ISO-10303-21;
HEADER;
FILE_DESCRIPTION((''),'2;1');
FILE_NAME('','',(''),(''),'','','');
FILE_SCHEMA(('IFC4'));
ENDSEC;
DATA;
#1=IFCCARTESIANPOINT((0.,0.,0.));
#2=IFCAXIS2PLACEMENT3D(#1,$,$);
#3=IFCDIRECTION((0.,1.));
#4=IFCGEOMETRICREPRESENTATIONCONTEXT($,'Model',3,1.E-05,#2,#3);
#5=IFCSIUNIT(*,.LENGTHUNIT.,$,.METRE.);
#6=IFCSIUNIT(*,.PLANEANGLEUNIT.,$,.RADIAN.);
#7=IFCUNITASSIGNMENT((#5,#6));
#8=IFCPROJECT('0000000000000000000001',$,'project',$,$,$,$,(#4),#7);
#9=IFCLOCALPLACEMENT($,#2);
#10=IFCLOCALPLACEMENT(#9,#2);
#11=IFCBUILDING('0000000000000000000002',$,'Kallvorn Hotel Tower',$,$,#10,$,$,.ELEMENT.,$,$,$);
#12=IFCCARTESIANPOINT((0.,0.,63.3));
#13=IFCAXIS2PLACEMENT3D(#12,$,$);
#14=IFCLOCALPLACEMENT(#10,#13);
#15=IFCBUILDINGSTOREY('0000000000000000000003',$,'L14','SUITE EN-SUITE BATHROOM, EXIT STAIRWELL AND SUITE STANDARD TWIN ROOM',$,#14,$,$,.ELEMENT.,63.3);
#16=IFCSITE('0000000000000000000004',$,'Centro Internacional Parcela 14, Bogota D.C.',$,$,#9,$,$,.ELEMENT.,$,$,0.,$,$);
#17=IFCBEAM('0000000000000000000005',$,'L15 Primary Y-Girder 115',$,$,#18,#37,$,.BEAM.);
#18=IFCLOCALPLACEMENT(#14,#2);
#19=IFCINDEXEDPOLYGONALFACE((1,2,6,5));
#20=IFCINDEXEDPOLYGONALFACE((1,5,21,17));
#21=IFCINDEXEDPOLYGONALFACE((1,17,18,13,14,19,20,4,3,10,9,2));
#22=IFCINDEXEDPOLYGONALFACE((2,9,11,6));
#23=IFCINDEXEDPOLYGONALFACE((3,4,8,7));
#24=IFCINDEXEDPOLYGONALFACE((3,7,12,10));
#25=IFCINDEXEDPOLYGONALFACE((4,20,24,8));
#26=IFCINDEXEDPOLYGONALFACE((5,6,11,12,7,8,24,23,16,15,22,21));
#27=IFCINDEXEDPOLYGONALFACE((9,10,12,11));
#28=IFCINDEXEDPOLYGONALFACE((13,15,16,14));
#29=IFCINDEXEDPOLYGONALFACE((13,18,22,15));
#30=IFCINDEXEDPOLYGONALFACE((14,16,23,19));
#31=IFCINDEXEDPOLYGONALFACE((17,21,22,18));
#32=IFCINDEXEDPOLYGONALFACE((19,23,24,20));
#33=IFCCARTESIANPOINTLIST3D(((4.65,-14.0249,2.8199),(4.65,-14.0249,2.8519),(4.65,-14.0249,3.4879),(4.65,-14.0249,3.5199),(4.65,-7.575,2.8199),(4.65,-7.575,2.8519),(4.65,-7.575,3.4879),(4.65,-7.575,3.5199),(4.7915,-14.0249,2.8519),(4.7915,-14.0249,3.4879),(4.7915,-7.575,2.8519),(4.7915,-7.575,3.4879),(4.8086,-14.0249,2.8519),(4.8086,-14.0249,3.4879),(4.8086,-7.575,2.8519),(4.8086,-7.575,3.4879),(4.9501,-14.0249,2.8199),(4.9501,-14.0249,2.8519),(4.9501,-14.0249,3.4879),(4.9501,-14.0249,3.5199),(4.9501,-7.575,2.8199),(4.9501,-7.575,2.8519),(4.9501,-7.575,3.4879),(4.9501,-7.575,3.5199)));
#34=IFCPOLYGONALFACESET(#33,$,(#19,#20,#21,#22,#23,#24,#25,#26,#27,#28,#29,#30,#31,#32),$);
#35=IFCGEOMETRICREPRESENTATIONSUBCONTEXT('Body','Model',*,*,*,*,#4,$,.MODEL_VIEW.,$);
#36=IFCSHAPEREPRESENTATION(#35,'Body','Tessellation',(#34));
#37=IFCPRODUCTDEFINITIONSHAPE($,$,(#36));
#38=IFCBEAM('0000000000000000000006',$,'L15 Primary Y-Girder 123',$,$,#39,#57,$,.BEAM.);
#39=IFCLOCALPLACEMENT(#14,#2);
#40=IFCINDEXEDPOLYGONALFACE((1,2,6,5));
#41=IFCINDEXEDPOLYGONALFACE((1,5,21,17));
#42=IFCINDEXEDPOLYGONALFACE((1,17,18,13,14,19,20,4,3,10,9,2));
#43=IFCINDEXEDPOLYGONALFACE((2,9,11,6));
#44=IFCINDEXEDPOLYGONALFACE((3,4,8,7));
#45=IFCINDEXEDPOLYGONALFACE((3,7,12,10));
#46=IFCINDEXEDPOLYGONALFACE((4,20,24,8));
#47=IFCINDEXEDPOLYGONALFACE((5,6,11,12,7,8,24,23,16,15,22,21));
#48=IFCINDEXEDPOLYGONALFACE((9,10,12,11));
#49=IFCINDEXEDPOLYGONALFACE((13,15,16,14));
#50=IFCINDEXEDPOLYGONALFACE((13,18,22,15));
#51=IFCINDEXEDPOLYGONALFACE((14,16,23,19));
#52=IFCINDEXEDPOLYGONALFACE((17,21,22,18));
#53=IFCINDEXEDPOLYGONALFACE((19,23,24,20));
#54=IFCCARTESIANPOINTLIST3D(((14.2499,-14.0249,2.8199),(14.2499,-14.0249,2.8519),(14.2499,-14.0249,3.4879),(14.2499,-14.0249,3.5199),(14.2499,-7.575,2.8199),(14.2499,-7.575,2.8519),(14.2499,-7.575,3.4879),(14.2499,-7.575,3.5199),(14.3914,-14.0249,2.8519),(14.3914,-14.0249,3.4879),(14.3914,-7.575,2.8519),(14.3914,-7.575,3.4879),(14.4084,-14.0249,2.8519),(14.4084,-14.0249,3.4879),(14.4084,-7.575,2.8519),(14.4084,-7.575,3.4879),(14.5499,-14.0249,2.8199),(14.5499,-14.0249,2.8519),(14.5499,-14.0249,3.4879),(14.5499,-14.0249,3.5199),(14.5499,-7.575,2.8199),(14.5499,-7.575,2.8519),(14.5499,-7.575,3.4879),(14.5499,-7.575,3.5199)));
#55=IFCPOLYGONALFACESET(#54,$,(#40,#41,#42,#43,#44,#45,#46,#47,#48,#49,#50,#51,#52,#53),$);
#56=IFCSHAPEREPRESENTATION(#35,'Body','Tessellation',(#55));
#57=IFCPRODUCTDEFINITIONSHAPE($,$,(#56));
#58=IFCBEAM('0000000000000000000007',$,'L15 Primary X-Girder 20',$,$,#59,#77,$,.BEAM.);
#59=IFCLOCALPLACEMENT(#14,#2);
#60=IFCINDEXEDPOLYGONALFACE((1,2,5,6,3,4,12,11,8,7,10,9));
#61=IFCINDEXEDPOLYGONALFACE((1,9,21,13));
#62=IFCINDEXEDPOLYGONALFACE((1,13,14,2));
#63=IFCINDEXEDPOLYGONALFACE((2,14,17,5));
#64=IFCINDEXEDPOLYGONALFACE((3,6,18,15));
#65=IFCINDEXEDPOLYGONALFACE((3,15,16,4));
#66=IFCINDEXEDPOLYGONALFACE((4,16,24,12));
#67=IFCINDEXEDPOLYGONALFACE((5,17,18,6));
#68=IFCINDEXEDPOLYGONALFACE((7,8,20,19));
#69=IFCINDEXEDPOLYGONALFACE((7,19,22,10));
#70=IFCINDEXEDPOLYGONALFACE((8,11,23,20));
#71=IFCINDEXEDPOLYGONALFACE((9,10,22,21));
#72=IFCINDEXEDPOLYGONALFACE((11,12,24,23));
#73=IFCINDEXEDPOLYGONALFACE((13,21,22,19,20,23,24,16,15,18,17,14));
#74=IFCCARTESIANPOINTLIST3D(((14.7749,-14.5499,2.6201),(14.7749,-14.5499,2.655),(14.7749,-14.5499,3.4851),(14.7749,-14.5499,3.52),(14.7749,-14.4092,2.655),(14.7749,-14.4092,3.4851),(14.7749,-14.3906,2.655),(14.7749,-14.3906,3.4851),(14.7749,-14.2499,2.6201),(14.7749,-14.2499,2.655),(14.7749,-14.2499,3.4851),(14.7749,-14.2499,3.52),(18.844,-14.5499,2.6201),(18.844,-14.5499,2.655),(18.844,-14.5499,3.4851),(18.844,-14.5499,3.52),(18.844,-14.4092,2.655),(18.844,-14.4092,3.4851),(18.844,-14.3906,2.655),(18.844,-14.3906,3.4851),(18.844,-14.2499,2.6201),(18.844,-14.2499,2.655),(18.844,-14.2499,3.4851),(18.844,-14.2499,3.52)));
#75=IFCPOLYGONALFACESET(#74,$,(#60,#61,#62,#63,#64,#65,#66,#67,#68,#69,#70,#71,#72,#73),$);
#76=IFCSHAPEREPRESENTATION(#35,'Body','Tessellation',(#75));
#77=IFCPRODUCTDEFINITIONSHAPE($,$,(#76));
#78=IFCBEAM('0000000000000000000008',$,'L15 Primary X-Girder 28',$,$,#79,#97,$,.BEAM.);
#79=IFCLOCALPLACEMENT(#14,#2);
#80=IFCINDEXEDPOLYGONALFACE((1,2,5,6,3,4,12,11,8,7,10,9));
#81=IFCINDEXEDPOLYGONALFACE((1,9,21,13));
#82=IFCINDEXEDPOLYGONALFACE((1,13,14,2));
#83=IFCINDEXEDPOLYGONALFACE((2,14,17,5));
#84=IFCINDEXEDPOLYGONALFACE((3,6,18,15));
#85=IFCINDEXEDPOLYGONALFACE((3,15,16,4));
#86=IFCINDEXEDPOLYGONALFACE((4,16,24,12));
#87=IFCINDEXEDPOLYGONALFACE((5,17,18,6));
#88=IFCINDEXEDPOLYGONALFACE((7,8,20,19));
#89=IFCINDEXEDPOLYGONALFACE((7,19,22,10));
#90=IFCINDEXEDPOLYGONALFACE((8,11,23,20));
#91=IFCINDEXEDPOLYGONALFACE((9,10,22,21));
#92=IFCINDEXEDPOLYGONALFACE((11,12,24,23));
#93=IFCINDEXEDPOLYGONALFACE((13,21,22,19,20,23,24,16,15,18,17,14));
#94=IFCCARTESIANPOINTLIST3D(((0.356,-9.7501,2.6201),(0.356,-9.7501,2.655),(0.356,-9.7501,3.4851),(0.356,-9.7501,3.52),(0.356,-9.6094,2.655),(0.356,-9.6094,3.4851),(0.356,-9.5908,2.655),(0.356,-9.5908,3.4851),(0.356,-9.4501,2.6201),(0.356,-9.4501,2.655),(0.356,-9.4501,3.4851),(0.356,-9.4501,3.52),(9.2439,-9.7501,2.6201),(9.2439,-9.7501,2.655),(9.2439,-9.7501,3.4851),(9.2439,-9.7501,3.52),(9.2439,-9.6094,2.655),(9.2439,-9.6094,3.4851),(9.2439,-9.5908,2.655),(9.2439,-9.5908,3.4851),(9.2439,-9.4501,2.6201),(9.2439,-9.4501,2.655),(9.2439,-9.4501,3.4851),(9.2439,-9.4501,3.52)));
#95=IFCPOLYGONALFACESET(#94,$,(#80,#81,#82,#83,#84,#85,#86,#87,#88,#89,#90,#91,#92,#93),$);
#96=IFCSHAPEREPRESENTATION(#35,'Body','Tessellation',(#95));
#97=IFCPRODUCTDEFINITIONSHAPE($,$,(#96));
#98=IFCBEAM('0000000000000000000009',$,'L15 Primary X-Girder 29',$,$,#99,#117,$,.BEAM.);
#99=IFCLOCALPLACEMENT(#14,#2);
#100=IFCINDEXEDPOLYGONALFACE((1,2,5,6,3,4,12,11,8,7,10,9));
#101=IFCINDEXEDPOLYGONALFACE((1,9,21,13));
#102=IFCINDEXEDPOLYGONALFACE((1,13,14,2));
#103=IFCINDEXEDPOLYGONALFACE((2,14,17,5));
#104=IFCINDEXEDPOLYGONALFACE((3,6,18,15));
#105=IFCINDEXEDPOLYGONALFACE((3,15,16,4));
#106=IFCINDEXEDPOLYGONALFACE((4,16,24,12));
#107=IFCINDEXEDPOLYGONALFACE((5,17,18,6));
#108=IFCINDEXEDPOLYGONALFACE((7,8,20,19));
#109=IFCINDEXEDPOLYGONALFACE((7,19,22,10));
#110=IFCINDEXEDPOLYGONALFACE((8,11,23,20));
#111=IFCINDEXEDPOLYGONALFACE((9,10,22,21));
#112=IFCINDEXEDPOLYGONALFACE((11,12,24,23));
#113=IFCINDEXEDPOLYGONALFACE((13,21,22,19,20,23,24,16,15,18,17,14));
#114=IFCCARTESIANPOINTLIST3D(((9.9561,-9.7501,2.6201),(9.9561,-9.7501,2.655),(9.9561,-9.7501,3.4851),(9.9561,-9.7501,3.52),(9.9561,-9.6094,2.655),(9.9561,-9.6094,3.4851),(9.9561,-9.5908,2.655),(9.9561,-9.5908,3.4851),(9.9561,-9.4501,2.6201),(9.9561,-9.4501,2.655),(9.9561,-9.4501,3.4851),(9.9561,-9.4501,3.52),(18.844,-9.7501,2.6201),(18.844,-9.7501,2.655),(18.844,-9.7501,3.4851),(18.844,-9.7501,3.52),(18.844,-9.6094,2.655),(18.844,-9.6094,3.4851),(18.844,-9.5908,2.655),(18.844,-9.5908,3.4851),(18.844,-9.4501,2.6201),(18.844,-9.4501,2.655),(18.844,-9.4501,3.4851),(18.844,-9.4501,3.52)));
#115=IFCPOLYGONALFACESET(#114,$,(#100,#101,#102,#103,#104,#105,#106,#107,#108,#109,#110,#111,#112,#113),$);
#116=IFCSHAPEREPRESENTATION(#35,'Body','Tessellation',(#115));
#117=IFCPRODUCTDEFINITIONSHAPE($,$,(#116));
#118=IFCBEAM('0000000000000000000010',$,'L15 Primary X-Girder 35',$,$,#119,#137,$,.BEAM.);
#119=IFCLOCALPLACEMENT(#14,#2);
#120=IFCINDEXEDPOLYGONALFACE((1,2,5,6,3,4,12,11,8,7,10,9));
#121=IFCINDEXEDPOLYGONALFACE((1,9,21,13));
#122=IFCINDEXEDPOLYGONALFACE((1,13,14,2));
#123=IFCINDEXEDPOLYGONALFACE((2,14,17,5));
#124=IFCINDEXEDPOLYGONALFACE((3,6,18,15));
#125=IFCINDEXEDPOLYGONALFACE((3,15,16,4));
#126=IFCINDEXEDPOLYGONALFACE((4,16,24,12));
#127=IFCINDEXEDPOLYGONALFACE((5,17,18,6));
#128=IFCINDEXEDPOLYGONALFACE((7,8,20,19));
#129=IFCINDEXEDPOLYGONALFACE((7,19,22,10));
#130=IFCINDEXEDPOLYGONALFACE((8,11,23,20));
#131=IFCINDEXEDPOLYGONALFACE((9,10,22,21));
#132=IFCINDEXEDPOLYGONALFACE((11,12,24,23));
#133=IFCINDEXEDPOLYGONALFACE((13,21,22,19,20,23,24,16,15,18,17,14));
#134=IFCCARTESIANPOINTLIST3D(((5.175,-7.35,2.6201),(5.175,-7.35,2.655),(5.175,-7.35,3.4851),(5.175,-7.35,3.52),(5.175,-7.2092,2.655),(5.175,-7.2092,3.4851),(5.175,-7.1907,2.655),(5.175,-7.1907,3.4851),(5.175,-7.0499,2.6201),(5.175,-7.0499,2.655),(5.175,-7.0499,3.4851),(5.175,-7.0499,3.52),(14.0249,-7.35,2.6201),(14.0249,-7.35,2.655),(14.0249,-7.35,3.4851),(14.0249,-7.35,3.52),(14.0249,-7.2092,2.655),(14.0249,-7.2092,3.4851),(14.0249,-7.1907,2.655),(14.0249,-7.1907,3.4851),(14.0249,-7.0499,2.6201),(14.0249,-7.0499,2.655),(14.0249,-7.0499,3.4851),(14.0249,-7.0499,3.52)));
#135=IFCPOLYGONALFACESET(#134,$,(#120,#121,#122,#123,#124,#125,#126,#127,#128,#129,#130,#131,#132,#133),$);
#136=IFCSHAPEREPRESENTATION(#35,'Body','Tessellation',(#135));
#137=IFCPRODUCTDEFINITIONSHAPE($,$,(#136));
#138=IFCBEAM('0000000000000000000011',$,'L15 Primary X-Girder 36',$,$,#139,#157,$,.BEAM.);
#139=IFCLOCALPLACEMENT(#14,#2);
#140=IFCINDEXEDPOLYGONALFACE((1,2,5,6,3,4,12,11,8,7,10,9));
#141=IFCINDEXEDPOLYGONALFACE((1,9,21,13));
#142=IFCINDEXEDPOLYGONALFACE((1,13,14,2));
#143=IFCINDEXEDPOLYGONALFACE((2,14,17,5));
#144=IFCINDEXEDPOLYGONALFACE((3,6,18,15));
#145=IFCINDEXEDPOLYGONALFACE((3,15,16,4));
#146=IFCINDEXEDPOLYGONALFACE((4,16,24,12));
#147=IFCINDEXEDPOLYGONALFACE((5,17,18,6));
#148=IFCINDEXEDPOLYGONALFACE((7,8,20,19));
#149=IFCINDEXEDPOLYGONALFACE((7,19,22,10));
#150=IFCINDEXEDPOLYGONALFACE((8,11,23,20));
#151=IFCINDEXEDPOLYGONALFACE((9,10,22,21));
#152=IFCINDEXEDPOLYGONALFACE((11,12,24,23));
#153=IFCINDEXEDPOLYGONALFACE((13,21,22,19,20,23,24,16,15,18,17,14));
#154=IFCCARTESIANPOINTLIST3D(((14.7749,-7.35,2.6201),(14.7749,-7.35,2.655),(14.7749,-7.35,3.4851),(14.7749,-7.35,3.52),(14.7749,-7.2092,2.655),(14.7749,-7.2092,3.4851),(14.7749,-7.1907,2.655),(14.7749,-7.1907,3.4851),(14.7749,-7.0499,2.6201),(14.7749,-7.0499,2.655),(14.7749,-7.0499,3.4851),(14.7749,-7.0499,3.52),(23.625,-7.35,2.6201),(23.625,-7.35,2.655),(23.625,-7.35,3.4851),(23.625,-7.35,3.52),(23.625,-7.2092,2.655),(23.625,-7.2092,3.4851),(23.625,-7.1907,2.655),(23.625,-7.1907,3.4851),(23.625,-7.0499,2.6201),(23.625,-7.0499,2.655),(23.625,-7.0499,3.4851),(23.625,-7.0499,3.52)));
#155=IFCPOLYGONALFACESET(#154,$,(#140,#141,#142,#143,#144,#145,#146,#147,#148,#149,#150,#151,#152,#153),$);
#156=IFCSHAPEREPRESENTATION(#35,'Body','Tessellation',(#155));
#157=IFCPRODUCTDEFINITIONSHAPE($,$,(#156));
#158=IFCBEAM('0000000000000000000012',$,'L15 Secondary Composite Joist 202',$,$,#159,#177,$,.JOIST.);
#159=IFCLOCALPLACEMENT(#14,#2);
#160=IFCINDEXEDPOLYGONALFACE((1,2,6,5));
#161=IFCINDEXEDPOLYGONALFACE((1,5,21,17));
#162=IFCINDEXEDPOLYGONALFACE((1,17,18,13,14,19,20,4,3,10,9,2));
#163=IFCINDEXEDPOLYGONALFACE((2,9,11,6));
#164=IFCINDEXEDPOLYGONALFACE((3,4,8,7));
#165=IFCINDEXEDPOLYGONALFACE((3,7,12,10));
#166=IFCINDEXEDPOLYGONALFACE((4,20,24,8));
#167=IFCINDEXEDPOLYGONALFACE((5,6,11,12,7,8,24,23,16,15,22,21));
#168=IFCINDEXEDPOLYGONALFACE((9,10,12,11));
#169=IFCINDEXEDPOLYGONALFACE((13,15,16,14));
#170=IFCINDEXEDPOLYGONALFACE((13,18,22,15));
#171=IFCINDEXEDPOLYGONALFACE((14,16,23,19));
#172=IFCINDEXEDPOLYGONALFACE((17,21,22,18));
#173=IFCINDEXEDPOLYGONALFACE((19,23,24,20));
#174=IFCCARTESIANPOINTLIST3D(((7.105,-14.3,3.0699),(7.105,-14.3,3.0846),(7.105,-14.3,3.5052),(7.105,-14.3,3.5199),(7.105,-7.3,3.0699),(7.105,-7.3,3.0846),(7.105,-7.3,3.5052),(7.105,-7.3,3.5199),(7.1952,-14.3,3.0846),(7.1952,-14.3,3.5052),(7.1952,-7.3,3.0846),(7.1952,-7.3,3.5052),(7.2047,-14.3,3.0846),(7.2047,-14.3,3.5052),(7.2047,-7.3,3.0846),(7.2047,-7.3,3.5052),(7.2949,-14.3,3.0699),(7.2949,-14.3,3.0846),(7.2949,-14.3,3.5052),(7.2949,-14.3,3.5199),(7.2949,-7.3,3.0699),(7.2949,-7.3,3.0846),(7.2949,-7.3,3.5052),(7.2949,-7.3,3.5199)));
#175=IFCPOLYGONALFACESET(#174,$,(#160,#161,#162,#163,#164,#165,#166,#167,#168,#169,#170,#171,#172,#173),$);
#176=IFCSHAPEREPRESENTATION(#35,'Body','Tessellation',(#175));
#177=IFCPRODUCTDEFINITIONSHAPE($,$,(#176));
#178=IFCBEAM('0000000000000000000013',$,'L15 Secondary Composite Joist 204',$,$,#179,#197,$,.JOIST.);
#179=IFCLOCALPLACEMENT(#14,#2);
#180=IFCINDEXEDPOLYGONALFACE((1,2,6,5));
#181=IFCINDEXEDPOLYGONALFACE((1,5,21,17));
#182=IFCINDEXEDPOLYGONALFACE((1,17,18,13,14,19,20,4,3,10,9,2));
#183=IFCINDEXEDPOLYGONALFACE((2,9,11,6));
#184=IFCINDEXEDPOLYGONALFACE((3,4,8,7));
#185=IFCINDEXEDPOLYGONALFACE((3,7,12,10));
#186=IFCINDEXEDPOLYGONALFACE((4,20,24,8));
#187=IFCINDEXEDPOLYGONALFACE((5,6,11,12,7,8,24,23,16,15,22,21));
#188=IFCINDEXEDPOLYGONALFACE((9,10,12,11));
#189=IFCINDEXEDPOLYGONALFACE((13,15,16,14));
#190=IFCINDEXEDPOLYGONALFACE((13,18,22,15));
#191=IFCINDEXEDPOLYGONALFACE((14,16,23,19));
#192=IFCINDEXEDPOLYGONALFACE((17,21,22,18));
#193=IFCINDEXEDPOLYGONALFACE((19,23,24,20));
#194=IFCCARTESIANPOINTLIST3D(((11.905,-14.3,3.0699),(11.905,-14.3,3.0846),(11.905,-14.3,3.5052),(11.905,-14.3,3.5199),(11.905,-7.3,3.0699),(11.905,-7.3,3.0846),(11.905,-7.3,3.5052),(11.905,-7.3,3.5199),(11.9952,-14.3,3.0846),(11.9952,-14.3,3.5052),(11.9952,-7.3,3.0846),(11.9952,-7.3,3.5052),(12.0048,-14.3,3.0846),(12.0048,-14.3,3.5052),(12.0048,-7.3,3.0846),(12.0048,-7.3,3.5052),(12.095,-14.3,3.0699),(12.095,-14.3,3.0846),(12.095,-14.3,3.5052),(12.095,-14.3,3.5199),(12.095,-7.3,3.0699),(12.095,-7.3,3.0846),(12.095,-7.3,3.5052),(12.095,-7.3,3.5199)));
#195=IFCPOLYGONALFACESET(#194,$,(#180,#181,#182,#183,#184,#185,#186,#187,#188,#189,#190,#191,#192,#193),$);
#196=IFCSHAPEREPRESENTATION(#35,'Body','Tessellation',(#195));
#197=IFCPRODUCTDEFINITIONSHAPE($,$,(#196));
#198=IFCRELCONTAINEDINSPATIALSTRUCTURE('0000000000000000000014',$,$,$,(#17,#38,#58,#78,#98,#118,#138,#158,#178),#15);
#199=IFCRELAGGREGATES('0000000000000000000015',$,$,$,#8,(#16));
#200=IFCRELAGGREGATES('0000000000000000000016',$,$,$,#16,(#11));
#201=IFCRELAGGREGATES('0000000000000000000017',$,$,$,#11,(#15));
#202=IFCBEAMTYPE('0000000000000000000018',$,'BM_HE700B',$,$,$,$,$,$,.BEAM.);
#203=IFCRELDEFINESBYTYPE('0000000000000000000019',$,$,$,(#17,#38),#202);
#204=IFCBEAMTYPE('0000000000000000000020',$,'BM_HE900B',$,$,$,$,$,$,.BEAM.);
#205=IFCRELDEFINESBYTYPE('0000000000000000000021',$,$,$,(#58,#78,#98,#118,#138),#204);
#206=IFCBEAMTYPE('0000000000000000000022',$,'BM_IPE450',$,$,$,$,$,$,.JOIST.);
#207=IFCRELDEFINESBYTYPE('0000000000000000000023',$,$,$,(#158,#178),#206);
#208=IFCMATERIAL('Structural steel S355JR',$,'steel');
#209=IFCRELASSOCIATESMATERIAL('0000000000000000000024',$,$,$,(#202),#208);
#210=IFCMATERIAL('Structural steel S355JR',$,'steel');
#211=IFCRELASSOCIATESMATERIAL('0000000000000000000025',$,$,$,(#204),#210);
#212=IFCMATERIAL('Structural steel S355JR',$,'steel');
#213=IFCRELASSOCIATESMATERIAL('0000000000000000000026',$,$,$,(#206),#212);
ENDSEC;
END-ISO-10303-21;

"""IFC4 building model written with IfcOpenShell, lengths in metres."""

from ifc_helpers import new_model, si_unit, direction, frame, origin, origin_2d, place, context, subcontext, project, spatial, i_section, extrude, material, material_profile, profile_set, type_object, element, save


model = new_model("IFC4")

# Units and contexts
model_context = context("Model", 3, precision=1e-05, world=origin(), true_north=direction((0.0, 1.0)))
body_context = subcontext(model_context, "Body", "Model", "MODEL_VIEW")
ifc_project = project(units=[si_unit("LENGTHUNIT", "METRE"), si_unit("PLANEANGLEUNIT", "RADIAN")], contexts=[model_context])

# Site, building, storey
site_placement = place(None, origin())
site = spatial("IfcSite", under=ifc_project, at=site_placement, Name="Centro Internacional Parcela 14, Bogota D.C.", CompositionType="ELEMENT", RefElevation=0.0)
building_placement = place(site_placement, origin())
building = spatial("IfcBuilding", under=site, at=building_placement, Name="Kallvorn Hotel Tower", CompositionType="ELEMENT")
storey_placement = place(building_placement, frame((0.0, 0.0, 63.3)))
storey = spatial("IfcBuildingStorey", under=building, at=storey_placement, Name="L14", Description="SUITE EN-SUITE BATHROOM, EXIT STAIRWELL AND SUITE STANDARD TWIN ROOM", CompositionType="ELEMENT", Elevation=63.3)

# Beams
ifc_material_1 = material(Name="Structural steel S355JR", Category="steel")
ifc_material_profile_1 = material_profile(ifc_material_1, i_section(OverallWidth=0.3, OverallDepth=0.7, WebThickness=0.0171, FlangeThickness=0.032, at=origin_2d()), Name="HE 700 B")
ifc_profile_set_1 = profile_set([ifc_material_profile_1], Name="Structural steel S355JR")
beam_type_1 = type_object("IfcBeamType", Name="BM_HE700B", PredefinedType="BEAM", material=ifc_profile_set_1)
for number, where, z_axis, x_axis, name in (
    (1, (4.8, -14.0249, 3.1699), (0.0, 1.0, 0.0), (-1.0, 0.0, 0.0), "L15 Primary Y-Girder 115"),
    (2, (14.3999, -14.0249, 3.1699), (0.0, 1.0, 0.0), (-1.0, 0.0, 0.0), "L15 Primary Y-Girder 123"),
):
    element("IfcBeam", number, at=place(storey_placement, frame(where, z_axis=z_axis, x_axis=x_axis)), inside=storey, type_object=beam_type_1, Name=name, PredefinedType="BEAM", context=body_context, shape_type="SweptSolid", body=[
        extrude(i_section(OverallWidth=0.3, OverallDepth=0.7, WebThickness=0.0171, FlangeThickness=0.032, at=origin_2d()), origin(), (0.0, 0.0, 1.0), 6.45),
    ])
ifc_material_2 = material(Name="Structural steel S355JR", Category="steel")
ifc_material_profile_2 = material_profile(ifc_material_2, i_section(OverallWidth=0.3, OverallDepth=0.8999, WebThickness=0.0186, FlangeThickness=0.0349, at=origin_2d()), Name="HE 900 B")
ifc_profile_set_2 = profile_set([ifc_material_profile_2], Name="Structural steel S355JR")
beam_type_2 = type_object("IfcBeamType", Name="BM_HE900B", PredefinedType="BEAM", material=ifc_profile_set_2)
beam_1_placement = place(storey_placement, frame((14.7749, -14.3999, 3.0701), z_axis=(1.0, 0.0, 0.0), x_axis=(0.0, 1.0, 0.0)))
element("IfcBeam", 3, at=beam_1_placement, inside=storey, type_object=beam_type_2, Name="L15 Primary X-Girder 20", PredefinedType="BEAM", context=body_context, shape_type="SweptSolid", body=[
    extrude(i_section(OverallWidth=0.3, OverallDepth=0.8999, WebThickness=0.0186, FlangeThickness=0.0349, at=origin_2d()), origin(), (0.0, 0.0, 1.0), 4.0691),
])
for number, where, z_axis, x_axis, name in (
    (4, (0.356, -9.6001, 3.0701), (1.0, 0.0, 0.0), (0.0, 1.0, 0.0), "L15 Primary X-Girder 28"),
    (5, (9.9561, -9.6001, 3.0701), (1.0, 0.0, 0.0), (0.0, 1.0, 0.0), "L15 Primary X-Girder 29"),
):
    element("IfcBeam", number, at=place(storey_placement, frame(where, z_axis=z_axis, x_axis=x_axis)), inside=storey, type_object=beam_type_2, Name=name, PredefinedType="BEAM", context=body_context, shape_type="SweptSolid", body=[
        extrude(i_section(OverallWidth=0.3, OverallDepth=0.8999, WebThickness=0.0186, FlangeThickness=0.0349, at=origin_2d()), origin(), (0.0, 0.0, 1.0), 8.8879),
    ])
beam_2_placement = place(storey_placement, frame((5.175, -7.2, 3.0701), z_axis=(1.0, 0.0, 0.0), x_axis=(0.0, 1.0, 0.0)))
element("IfcBeam", 6, at=beam_2_placement, inside=storey, type_object=beam_type_2, Name="L15 Primary X-Girder 35", PredefinedType="BEAM", context=body_context, shape_type="SweptSolid", body=[
    extrude(i_section(OverallWidth=0.3, OverallDepth=0.8999, WebThickness=0.0186, FlangeThickness=0.0349, at=origin_2d()), origin(), (0.0, 0.0, 1.0), 8.8499),
])
beam_3_placement = place(storey_placement, frame((14.7749, -7.2, 3.0701), z_axis=(1.0, 0.0, 0.0), x_axis=(0.0, 1.0, 0.0)))
element("IfcBeam", 7, at=beam_3_placement, inside=storey, type_object=beam_type_2, Name="L15 Primary X-Girder 36", PredefinedType="BEAM", context=body_context, shape_type="SweptSolid", body=[
    extrude(i_section(OverallWidth=0.3, OverallDepth=0.8999, WebThickness=0.0186, FlangeThickness=0.0349, at=origin_2d()), origin(), (0.0, 0.0, 1.0), 8.8501),
])
ifc_material_3 = material(Name="Structural steel S355JR", Category="steel")
ifc_material_profile_3 = material_profile(ifc_material_3, i_section(OverallWidth=0.1899, OverallDepth=0.45, WebThickness=0.0095, FlangeThickness=0.0146, at=origin_2d()), Name="IPE 450")
ifc_profile_set_3 = profile_set([ifc_material_profile_3], Name="Structural steel S355JR")
beam_type_3 = type_object("IfcBeamType", Name="BM_IPE450", PredefinedType="JOIST", material=ifc_profile_set_3)
for number, where, z_axis, x_axis, name in (
    (8, (7.2, -14.3, 3.2949), (0.0, 1.0, 0.0), (-1.0, 0.0, 0.0), "L15 Secondary Composite Joist 202"),
    (9, (12.0, -14.3, 3.2949), (0.0, 1.0, 0.0), (-1.0, 0.0, 0.0), "L15 Secondary Composite Joist 204"),
):
    element("IfcBeam", number, at=place(storey_placement, frame(where, z_axis=z_axis, x_axis=x_axis)), inside=storey, type_object=beam_type_3, Name=name, PredefinedType="JOIST", context=body_context, shape_type="SweptSolid", body=[
        extrude(i_section(OverallWidth=0.1899, OverallDepth=0.45, WebThickness=0.0095, FlangeThickness=0.0146, at=origin_2d()), origin(), (0.0, 0.0, 1.0), 7.0),
    ])

save(model, "model.ifc")
